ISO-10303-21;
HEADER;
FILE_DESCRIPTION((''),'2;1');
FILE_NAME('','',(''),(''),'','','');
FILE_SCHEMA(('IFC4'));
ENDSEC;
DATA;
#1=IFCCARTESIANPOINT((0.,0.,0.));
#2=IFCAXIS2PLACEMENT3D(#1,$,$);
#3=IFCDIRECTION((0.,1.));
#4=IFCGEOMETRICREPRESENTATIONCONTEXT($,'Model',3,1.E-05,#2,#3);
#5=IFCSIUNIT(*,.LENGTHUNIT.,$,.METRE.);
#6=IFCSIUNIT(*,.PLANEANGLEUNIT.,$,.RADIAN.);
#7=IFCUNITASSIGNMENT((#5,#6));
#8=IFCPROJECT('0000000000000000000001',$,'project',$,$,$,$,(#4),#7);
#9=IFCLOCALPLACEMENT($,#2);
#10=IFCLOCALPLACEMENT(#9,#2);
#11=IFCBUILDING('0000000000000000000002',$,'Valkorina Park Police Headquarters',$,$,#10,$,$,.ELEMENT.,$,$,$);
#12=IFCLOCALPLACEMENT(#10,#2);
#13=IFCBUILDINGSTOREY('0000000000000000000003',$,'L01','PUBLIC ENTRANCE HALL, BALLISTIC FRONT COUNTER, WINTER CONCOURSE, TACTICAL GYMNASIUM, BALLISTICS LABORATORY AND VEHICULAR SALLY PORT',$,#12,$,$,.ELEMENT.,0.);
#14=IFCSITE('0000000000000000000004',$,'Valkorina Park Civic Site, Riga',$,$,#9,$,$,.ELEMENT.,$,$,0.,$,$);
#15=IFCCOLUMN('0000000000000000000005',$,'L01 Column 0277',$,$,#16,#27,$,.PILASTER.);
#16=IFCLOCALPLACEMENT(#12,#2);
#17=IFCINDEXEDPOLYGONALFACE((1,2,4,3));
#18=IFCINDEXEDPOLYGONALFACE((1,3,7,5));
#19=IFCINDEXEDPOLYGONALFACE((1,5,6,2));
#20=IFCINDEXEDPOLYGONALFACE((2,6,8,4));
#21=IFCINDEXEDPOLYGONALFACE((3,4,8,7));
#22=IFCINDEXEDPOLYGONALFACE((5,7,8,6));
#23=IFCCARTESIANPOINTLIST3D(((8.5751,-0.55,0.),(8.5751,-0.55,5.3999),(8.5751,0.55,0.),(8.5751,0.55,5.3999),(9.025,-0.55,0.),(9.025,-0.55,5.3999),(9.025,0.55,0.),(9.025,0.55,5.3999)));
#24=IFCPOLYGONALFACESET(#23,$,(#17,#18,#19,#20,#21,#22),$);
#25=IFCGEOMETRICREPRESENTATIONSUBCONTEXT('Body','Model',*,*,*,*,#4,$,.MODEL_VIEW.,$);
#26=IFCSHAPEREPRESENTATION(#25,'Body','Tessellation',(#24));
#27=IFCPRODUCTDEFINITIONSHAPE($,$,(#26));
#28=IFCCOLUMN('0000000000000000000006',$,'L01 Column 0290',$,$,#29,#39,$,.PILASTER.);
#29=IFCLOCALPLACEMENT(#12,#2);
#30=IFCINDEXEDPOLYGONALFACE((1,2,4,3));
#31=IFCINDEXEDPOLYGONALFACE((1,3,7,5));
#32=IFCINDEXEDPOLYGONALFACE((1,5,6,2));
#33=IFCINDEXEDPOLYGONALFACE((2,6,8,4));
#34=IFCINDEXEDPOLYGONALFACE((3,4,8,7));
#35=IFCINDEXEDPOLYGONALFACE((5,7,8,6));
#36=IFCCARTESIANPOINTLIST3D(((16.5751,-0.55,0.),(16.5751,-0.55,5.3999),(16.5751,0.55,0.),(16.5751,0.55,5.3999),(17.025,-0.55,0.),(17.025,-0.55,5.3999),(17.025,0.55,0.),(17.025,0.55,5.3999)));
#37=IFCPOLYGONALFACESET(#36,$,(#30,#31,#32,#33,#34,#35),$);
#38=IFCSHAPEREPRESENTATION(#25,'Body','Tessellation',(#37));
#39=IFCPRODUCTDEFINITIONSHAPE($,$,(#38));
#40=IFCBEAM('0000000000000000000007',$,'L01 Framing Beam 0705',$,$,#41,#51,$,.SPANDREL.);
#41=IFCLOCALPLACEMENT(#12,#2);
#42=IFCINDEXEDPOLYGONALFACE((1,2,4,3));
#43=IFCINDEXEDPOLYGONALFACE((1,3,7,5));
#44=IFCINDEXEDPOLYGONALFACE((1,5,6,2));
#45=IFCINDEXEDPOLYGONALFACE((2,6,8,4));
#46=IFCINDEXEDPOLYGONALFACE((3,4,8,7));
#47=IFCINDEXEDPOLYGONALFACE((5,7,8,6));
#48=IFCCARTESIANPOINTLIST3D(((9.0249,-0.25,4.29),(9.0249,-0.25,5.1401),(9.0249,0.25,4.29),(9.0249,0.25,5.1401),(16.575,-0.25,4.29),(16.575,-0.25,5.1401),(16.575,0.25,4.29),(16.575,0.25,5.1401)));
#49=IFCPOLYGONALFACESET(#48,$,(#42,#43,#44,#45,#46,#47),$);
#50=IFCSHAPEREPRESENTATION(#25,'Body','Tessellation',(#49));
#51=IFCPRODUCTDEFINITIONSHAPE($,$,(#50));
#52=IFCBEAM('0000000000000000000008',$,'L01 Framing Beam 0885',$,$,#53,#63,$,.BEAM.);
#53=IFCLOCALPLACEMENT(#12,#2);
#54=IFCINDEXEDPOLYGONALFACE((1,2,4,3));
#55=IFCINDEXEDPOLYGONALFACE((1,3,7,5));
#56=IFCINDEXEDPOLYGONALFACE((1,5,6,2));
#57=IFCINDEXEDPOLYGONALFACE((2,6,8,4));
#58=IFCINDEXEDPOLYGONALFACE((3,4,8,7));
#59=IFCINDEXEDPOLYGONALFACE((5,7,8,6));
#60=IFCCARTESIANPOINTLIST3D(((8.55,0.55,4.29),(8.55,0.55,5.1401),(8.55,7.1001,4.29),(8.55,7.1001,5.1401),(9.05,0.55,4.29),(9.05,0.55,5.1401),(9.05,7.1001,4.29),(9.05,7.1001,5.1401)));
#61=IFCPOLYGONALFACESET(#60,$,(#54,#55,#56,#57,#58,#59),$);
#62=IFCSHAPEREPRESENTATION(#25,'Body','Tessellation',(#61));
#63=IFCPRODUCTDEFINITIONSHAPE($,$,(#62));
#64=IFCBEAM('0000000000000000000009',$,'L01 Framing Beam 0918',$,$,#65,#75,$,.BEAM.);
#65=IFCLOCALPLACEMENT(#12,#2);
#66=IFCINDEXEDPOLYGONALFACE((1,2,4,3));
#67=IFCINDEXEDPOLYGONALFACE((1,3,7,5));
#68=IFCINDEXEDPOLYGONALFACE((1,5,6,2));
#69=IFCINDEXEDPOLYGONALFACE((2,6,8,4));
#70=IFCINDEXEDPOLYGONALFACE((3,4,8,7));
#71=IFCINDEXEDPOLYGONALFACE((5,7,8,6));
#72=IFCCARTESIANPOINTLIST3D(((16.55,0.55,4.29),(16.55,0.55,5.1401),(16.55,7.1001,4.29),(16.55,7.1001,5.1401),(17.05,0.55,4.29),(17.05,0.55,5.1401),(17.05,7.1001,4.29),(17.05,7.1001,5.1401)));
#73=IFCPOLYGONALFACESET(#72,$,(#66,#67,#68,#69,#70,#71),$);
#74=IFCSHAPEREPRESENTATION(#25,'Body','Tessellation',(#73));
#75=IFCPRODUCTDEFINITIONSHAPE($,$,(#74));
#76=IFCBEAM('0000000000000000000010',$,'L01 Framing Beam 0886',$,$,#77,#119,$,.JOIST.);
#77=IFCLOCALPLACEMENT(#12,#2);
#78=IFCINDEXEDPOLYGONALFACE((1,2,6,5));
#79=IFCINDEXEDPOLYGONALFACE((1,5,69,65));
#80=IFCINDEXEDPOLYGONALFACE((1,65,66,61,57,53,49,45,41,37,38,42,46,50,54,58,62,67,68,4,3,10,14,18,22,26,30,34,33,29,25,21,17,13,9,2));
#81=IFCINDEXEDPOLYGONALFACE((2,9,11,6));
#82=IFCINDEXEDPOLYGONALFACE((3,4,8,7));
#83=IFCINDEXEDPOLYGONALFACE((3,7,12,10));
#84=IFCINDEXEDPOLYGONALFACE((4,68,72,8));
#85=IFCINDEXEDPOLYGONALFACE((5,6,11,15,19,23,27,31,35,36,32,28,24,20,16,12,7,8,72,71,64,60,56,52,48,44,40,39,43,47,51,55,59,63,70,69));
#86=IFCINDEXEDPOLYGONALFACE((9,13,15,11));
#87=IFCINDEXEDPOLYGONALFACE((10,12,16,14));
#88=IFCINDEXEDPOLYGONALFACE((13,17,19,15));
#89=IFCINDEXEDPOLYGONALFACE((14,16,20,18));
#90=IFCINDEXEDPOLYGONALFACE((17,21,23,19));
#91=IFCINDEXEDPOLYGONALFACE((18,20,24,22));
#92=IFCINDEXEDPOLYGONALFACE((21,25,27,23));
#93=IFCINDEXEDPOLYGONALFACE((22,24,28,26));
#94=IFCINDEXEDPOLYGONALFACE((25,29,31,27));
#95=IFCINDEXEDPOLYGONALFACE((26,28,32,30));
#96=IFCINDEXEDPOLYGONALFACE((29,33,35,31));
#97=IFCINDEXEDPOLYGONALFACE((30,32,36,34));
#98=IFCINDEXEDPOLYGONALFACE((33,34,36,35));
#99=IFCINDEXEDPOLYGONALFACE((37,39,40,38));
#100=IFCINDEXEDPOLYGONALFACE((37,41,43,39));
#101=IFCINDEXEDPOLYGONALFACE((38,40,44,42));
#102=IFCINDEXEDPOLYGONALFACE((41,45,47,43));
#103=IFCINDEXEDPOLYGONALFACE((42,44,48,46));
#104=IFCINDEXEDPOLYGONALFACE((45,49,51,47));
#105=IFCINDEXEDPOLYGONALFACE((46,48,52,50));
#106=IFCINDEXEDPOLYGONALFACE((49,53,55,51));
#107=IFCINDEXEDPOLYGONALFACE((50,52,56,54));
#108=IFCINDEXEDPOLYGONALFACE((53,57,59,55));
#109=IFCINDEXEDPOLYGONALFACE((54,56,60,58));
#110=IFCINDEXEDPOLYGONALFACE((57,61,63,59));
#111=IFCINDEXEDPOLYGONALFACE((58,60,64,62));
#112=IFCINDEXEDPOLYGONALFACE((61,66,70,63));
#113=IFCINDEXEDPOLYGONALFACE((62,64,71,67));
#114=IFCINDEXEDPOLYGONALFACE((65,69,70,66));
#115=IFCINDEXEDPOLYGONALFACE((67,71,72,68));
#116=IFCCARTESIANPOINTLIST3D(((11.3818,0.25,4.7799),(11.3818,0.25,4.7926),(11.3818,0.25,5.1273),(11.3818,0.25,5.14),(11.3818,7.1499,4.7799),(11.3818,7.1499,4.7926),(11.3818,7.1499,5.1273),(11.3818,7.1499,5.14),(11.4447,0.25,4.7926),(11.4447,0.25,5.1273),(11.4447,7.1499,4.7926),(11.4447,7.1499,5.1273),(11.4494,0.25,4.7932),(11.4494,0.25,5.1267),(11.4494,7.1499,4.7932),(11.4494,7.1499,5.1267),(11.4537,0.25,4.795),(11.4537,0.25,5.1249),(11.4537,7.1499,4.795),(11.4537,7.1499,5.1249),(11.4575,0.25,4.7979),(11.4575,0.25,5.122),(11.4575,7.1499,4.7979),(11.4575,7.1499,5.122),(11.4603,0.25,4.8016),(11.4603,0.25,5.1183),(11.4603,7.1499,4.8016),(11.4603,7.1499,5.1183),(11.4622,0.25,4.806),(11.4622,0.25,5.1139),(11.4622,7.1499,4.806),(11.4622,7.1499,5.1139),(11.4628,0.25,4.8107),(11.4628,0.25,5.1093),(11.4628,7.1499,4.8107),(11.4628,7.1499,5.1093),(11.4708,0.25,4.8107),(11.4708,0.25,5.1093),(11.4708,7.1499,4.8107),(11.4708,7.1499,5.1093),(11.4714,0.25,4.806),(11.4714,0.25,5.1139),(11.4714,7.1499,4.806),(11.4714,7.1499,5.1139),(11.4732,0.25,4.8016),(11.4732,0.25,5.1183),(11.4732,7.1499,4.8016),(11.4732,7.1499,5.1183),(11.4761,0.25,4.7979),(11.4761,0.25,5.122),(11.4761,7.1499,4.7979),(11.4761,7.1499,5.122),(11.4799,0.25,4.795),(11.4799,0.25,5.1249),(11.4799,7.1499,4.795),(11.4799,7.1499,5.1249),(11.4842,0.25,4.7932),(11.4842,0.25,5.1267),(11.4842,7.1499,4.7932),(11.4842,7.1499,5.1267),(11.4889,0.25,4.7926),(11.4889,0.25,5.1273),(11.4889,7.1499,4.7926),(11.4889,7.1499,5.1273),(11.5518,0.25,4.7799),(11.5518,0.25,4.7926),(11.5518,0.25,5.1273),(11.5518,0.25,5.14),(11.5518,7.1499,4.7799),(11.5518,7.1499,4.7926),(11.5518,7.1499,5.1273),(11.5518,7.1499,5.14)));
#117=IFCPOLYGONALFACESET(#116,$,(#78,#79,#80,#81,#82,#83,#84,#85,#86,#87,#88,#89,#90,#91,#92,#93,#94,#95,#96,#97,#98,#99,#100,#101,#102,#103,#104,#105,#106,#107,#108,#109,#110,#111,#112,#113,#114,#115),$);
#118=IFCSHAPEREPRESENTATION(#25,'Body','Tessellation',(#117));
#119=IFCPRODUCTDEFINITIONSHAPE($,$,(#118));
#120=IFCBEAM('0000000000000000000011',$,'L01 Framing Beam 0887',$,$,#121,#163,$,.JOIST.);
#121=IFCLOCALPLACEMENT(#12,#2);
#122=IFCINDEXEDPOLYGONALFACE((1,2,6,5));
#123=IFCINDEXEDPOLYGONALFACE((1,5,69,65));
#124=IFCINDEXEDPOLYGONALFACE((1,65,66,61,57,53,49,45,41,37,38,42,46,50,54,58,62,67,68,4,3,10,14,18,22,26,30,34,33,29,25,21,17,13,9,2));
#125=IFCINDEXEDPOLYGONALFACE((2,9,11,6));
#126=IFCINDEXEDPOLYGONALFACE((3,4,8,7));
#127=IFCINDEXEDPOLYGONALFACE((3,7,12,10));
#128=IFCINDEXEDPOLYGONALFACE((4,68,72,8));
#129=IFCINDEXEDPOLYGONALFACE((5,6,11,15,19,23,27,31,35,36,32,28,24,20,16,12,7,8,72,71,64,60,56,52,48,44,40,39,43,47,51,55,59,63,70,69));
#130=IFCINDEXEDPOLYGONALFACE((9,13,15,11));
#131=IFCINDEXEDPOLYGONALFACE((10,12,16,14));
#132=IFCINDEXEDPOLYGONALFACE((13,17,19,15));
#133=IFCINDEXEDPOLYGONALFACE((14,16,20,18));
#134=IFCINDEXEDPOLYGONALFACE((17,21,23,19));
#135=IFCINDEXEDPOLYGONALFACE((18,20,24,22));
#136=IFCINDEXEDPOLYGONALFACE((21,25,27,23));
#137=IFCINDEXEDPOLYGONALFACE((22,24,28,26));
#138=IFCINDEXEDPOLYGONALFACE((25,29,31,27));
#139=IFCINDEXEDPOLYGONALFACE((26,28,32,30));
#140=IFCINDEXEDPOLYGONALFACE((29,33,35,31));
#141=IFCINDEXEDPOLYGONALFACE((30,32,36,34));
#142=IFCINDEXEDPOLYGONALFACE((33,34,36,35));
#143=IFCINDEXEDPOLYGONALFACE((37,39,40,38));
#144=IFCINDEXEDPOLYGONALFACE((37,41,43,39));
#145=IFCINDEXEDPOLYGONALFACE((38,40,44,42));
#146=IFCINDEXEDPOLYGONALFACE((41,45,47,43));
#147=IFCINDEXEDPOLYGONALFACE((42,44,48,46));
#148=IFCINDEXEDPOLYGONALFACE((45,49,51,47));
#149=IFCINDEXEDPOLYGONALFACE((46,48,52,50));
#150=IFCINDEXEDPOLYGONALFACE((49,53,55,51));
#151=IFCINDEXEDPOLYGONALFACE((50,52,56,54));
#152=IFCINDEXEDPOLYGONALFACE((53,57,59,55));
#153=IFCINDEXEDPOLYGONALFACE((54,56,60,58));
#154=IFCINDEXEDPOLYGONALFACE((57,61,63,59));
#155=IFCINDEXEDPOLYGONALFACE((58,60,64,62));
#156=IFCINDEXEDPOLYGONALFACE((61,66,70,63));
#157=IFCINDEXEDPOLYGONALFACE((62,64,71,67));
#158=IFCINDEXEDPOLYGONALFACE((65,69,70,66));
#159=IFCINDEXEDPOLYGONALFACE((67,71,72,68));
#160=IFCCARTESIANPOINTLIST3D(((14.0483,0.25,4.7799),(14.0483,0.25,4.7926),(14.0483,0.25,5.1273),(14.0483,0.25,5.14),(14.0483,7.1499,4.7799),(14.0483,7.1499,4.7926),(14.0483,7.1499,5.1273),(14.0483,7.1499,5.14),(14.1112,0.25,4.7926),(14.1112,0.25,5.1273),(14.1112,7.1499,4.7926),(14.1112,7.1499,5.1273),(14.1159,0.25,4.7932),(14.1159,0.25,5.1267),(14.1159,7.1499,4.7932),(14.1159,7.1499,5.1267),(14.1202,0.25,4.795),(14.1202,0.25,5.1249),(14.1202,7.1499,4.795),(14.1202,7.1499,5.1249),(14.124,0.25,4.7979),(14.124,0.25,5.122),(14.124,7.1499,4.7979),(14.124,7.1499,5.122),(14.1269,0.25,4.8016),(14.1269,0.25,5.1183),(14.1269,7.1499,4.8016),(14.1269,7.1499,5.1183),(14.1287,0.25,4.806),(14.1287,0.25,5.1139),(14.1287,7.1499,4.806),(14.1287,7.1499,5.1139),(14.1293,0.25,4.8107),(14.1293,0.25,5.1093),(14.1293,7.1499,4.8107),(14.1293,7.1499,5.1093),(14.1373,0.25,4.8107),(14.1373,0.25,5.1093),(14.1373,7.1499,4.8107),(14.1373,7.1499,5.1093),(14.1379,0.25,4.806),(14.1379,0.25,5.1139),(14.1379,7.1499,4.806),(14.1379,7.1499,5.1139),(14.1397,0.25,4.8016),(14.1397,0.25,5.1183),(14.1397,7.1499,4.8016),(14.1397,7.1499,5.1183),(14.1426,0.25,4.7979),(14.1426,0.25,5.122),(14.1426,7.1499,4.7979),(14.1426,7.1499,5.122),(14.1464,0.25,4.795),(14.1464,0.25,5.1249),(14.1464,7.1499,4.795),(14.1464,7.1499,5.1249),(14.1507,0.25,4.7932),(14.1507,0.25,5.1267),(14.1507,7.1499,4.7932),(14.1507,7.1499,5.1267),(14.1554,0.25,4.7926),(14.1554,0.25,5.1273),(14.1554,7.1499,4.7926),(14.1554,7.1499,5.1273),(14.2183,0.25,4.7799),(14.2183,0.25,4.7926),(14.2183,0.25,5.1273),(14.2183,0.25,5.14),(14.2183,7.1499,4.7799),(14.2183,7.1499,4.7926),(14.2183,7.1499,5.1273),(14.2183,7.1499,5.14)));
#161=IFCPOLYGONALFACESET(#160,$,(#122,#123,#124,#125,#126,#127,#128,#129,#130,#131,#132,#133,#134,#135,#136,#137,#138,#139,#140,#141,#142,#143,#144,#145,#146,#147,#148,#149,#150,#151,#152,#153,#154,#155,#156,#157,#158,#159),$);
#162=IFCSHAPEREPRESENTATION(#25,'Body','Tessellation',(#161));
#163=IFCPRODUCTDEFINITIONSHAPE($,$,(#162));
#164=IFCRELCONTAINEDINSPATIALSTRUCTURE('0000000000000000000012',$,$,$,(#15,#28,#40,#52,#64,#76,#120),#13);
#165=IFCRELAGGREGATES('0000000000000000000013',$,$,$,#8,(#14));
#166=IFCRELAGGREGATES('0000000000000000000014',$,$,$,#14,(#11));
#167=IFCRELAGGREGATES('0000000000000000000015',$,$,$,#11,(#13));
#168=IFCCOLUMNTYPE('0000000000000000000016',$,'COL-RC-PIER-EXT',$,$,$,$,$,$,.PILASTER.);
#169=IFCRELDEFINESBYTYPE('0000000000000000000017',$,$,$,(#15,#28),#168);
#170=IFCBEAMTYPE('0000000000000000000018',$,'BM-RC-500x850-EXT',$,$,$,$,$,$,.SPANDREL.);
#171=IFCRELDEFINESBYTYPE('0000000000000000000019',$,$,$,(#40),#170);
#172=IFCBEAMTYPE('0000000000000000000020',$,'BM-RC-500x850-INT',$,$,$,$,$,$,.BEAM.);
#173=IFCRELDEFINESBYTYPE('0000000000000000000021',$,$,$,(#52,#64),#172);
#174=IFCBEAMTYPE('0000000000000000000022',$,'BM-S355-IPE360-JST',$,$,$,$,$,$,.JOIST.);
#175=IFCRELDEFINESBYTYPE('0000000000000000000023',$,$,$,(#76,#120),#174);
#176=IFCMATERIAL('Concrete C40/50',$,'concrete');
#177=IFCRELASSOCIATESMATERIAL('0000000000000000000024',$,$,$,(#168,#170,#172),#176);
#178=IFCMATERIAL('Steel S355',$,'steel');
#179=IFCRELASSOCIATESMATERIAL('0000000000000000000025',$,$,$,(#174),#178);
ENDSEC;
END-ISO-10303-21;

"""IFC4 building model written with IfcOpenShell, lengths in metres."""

from ifc_helpers import new_model, si_unit, direction, frame, origin, origin_2d, place, context, subcontext, project, spatial, rectangle, i_section, extrude, material, material_profile, profile_set, type_object, element, save


model = new_model("IFC4")

# Units and contexts
model_context = context("Model", 3, precision=1e-05, world=origin(), true_north=direction((0.0, 1.0)))
body_context = subcontext(model_context, "Body", "Model", "MODEL_VIEW")
ifc_project = project(units=[si_unit("LENGTHUNIT", "METRE"), si_unit("PLANEANGLEUNIT", "RADIAN")], contexts=[model_context])

# Site, building, storey
site_placement = place(None, origin())
site = spatial("IfcSite", under=ifc_project, at=site_placement, Name="Valkorina Park Civic Site, Riga", CompositionType="ELEMENT", RefElevation=0.0)
building_placement = place(site_placement, origin())
building = spatial("IfcBuilding", under=site, at=building_placement, Name="Valkorina Park Police Headquarters", CompositionType="ELEMENT")
storey_placement = place(building_placement, origin())
storey = spatial("IfcBuildingStorey", under=building, at=storey_placement, Name="L01", Description="PUBLIC ENTRANCE HALL, BALLISTIC FRONT COUNTER, WINTER CONCOURSE, TACTICAL GYMNASIUM, BALLISTICS LABORATORY AND VEHICULAR SALLY PORT", CompositionType="ELEMENT", Elevation=0.0)

# Columns
ifc_material_1 = material(Name="Concrete C40/50", Category="concrete")
ifc_material_profile_1 = material_profile(ifc_material_1, rectangle(XDim=0.45, YDim=1.1001, at=origin_2d()), Name="RC PIER 450x1100")
ifc_profile_set_1 = profile_set([ifc_material_profile_1], Name="Concrete C40/50")
column_type = type_object("IfcColumnType", Name="COL-RC-PIER-EXT", PredefinedType="PILASTER", material=ifc_profile_set_1)
for number, where, z_axis, x_axis, name in (
    (1, (8.8, 0.0, 0.0), (0.0, 0.0, 1.0), (1.0, 0.0, 0.0), "L01 Column 0277"),
    (2, (16.8, 0.0, 0.0), (0.0, 0.0, 1.0), (1.0, 0.0, 0.0), "L01 Column 0290"),
):
    element("IfcColumn", number, at=place(storey_placement, frame(where, z_axis=z_axis, x_axis=x_axis)), inside=storey, type_object=column_type, Name=name, PredefinedType="PILASTER", context=body_context, shape_type="SweptSolid", body=[
        extrude(rectangle(XDim=0.45, YDim=1.1001, at=origin_2d()), origin(), (0.0, 0.0, 1.0), 5.3999),
    ])

# Beams
ifc_material_profile_2 = material_profile(ifc_material_1, rectangle(XDim=0.5, YDim=0.8501, at=origin_2d()), Name="RC BEAM 500x850")
ifc_profile_set_2 = profile_set([ifc_material_profile_2], Name="Concrete C40/50")
beam_type_1 = type_object("IfcBeamType", Name="BM-RC-500x850-EXT", PredefinedType="SPANDREL", material=ifc_profile_set_2)
beam_placement = place(storey_placement, frame((9.0249, 0.0, 4.7151), z_axis=(1.0, 0.0, 0.0), x_axis=(0.0, 1.0, 0.0)))
element("IfcBeam", 3, at=beam_placement, inside=storey, type_object=beam_type_1, Name="L01 Framing Beam 0705", PredefinedType="SPANDREL", context=body_context, shape_type="SweptSolid", body=[
    extrude(rectangle(XDim=0.5, YDim=0.8501, at=origin_2d()), origin(), (0.0, 0.0, 1.0), 7.55),
])
ifc_material_profile_3 = material_profile(ifc_material_1, rectangle(XDim=0.5, YDim=0.8501, at=origin_2d()), Name="RC BEAM 500x850")
ifc_profile_set_3 = profile_set([ifc_material_profile_3], Name="Concrete C40/50")
beam_type_2 = type_object("IfcBeamType", Name="BM-RC-500x850-INT", PredefinedType="BEAM", material=ifc_profile_set_3)
for number, where, z_axis, x_axis, name in (
    (4, (8.8, 0.55, 4.7151), (0.0, 1.0, 0.0), (-1.0, 0.0, 0.0), "L01 Framing Beam 0885"),
    (5, (16.8, 0.55, 4.7151), (0.0, 1.0, 0.0), (-1.0, 0.0, 0.0), "L01 Framing Beam 0918"),
):
    element("IfcBeam", number, at=place(storey_placement, frame(where, z_axis=z_axis, x_axis=x_axis)), inside=storey, type_object=beam_type_2, Name=name, PredefinedType="BEAM", context=body_context, shape_type="SweptSolid", body=[
        extrude(rectangle(XDim=0.5, YDim=0.8501, at=origin_2d()), origin(), (0.0, 0.0, 1.0), 6.55),
    ])
ifc_material_2 = material(Name="Steel S355", Category="steel")
ifc_material_profile_4 = material_profile(ifc_material_2, i_section(OverallWidth=0.1699, OverallDepth=0.3601, WebThickness=0.0081, FlangeThickness=0.0127, FilletRadius=0.0181, at=origin_2d()), Name="IPE 360")
ifc_profile_set_4 = profile_set([ifc_material_profile_4], Name="Steel S355")
beam_type_3 = type_object("IfcBeamType", Name="BM-S355-IPE360-JST", PredefinedType="JOIST", material=ifc_profile_set_4)
for number, where, z_axis, x_axis, name in (
    (6, (11.4668, 0.25, 4.96), (0.0, 1.0, 0.0), (-1.0, 0.0, 0.0), "L01 Framing Beam 0886"),
    (7, (14.1333, 0.25, 4.96), (0.0, 1.0, 0.0), (-1.0, 0.0, 0.0), "L01 Framing Beam 0887"),
):
    element("IfcBeam", number, at=place(storey_placement, frame(where, z_axis=z_axis, x_axis=x_axis)), inside=storey, type_object=beam_type_3, Name=name, PredefinedType="JOIST", context=body_context, shape_type="SweptSolid", body=[
        extrude(i_section(OverallWidth=0.1699, OverallDepth=0.3601, WebThickness=0.0081, FlangeThickness=0.0127, FilletRadius=0.0181, at=origin_2d()), origin(), (0.0, 0.0, 1.0), 6.8999),
    ])

save(model, "model.ifc")
